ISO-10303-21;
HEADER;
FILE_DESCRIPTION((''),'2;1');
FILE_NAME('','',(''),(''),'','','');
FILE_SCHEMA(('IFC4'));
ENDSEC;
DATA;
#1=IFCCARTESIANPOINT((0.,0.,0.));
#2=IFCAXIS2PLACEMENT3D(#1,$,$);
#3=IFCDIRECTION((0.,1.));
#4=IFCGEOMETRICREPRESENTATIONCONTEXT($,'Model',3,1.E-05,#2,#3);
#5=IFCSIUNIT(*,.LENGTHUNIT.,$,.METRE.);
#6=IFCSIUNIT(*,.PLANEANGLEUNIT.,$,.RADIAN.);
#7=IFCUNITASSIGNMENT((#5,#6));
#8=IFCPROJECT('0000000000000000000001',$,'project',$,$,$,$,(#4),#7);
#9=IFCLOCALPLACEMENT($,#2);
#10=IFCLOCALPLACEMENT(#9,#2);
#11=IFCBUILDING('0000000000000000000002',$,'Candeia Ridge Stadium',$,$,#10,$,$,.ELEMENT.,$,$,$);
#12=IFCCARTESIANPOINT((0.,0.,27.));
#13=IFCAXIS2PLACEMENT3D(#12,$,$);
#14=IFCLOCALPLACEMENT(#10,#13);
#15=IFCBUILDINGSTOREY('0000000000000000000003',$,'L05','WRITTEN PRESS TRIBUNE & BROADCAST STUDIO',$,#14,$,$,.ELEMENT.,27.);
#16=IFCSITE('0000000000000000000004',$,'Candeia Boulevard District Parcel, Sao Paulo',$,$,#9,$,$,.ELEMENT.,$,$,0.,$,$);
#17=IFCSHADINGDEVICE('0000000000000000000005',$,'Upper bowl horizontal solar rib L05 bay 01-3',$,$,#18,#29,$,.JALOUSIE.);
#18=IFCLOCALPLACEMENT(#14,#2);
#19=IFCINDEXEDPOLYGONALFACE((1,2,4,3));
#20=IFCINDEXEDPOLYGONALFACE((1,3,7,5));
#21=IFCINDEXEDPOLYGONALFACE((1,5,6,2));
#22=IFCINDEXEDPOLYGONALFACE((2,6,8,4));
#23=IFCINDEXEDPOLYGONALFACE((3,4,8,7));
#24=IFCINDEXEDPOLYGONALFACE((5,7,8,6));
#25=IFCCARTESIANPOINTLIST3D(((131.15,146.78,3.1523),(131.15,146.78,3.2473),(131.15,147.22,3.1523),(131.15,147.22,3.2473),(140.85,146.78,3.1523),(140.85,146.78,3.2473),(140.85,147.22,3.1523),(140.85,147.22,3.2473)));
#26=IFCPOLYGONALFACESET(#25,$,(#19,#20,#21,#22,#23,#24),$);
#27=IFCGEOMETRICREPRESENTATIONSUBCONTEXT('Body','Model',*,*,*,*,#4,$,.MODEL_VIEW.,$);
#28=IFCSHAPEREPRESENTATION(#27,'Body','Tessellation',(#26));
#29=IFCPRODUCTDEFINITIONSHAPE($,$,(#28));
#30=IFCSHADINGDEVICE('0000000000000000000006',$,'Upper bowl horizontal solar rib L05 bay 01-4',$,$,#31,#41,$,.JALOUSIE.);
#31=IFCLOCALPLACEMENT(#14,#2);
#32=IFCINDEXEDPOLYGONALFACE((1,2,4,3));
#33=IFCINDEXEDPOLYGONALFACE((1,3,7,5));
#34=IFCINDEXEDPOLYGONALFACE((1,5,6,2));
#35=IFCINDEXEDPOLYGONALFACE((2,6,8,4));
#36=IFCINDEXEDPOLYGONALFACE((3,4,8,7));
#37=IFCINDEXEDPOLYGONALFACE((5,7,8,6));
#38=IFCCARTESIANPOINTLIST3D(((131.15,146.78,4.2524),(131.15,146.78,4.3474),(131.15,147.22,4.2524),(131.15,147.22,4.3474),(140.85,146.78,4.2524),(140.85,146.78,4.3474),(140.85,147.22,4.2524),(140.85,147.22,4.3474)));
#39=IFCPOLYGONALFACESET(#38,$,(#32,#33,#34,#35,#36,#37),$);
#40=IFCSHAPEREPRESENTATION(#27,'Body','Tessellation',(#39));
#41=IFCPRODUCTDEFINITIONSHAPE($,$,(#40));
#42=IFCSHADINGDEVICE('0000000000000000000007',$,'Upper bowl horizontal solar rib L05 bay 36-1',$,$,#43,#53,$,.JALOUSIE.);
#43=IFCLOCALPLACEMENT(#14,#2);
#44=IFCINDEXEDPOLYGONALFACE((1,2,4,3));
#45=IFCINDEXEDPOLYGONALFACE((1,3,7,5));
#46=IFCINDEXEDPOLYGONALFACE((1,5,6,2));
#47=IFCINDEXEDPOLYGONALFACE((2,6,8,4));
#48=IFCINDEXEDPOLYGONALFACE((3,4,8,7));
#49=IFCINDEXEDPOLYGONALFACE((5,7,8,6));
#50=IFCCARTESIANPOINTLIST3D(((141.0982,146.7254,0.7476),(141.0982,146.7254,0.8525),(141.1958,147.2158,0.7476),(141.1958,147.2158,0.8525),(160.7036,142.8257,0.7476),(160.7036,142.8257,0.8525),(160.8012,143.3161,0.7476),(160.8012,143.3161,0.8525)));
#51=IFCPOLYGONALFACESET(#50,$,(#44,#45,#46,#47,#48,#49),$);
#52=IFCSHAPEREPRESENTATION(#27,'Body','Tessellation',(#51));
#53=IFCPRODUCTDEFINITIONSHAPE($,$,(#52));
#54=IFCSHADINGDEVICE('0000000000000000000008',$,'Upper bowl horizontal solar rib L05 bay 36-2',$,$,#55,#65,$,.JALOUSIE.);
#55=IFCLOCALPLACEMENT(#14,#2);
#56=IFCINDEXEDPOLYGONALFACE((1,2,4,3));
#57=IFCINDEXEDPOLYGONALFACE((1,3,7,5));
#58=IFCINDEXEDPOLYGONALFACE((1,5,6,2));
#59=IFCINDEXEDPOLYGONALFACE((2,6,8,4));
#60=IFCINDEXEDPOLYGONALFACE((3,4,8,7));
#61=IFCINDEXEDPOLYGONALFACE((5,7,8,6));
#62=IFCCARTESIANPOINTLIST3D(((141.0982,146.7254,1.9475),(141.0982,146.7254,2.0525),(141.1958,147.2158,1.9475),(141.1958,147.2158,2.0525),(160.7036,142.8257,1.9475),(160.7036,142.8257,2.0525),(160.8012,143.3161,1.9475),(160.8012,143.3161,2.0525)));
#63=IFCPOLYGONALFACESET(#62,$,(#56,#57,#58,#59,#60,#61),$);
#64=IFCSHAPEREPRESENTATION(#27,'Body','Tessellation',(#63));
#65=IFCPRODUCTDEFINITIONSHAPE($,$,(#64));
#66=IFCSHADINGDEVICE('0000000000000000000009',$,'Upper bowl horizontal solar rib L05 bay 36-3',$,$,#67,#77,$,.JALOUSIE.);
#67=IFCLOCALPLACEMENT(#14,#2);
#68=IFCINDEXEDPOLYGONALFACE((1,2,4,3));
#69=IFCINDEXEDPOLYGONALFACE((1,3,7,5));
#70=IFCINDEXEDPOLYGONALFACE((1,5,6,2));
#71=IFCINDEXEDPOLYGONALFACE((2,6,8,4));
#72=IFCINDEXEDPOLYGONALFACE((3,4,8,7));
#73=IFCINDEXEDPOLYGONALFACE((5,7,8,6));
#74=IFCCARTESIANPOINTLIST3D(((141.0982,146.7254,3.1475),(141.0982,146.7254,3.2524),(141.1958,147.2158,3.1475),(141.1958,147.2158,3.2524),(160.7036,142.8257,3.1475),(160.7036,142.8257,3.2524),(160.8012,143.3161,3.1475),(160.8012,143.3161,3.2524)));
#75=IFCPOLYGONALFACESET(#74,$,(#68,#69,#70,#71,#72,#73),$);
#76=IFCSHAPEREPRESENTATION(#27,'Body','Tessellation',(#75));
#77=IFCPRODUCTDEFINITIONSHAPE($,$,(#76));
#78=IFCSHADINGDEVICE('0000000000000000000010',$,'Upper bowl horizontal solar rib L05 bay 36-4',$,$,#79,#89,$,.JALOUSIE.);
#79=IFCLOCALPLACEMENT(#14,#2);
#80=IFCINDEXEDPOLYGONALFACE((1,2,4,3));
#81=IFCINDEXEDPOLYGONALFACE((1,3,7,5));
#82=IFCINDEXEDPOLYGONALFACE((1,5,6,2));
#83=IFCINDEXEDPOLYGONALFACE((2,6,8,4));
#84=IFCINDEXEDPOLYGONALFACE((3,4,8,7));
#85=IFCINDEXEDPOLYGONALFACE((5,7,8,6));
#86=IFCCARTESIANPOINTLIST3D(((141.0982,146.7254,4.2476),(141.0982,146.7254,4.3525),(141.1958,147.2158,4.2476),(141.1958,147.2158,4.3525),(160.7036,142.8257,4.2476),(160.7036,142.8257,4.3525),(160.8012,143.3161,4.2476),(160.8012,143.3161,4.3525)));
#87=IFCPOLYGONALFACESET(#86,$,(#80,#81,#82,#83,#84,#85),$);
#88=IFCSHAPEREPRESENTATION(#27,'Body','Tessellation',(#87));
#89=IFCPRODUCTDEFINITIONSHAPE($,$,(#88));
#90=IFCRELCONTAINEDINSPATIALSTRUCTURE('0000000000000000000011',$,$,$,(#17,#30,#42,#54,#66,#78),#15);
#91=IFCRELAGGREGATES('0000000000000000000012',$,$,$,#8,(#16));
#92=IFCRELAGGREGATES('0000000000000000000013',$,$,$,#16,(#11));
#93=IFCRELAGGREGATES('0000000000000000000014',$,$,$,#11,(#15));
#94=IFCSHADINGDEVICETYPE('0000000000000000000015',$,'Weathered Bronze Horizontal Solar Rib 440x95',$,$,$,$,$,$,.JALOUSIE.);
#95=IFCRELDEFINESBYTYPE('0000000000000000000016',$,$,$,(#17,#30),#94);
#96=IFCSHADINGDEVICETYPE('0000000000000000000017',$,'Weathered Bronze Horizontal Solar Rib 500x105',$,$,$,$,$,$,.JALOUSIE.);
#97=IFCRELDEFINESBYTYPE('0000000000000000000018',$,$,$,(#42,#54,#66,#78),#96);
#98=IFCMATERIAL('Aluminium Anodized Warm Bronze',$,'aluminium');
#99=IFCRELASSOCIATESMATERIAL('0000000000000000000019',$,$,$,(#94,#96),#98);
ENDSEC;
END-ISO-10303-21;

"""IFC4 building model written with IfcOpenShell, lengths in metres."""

from ifc_helpers import new_model, si_unit, direction, frame, origin, origin_2d, place, context, subcontext, project, spatial, rectangle, extrude, material, type_object, element, save


model = new_model("IFC4")

# Units and contexts
model_context = context("Model", 3, precision=1e-05, world=origin(), true_north=direction((0.0, 1.0)))
body_context = subcontext(model_context, "Body", "Model", "MODEL_VIEW")
ifc_project = project(units=[si_unit("LENGTHUNIT", "METRE"), si_unit("PLANEANGLEUNIT", "RADIAN")], contexts=[model_context])

# Site, building, storey
site_placement = place(None, origin())
site = spatial("IfcSite", under=ifc_project, at=site_placement, Name="Candeia Boulevard District Parcel, Sao Paulo", CompositionType="ELEMENT", RefElevation=0.0)
building_placement = place(site_placement, origin())
building = spatial("IfcBuilding", under=site, at=building_placement, Name="Candeia Ridge Stadium", CompositionType="ELEMENT")
storey_placement = place(building_placement, frame((0.0, 0.0, 27.0)))
storey = spatial("IfcBuildingStorey", under=building, at=storey_placement, Name="L05", Description="WRITTEN PRESS TRIBUNE & BROADCAST STUDIO", CompositionType="ELEMENT", Elevation=27.0)

# Shading devices
ifc_material_1 = material(Name="Aluminium Anodized Warm Bronze", Category="aluminium")
shading_device_type_1 = type_object("IfcShadingDeviceType", Name="Weathered Bronze Horizontal Solar Rib 440x95", PredefinedType="JALOUSIE", material=ifc_material_1)
for number, where, z_axis, x_axis, name in (
    (1, (136.0, 147.0, 3.1523), (0.0, 0.0, 1.0), (-1.0, 0.0, 0.0), "Upper bowl horizontal solar rib L05 bay 01-3"),
    (2, (136.0, 147.0, 4.2524), (0.0, 0.0, 1.0), (-1.0, 0.0, 0.0), "Upper bowl horizontal solar rib L05 bay 01-4"),
):
    element("IfcShadingDevice", number, at=place(storey_placement, frame(where, z_axis=z_axis, x_axis=x_axis)), inside=storey, type_object=shading_device_type_1, Name=name, PredefinedType="JALOUSIE", context=body_context, shape_type="SweptSolid", body=[
        extrude(rectangle(XDim=9.7, YDim=0.4399, at=origin_2d()), origin(), (0.0, 0.0, 1.0), 0.095),
    ])
shading_device_type_2 = type_object("IfcShadingDeviceType", Name="Weathered Bronze Horizontal Solar Rib 500x105", PredefinedType="JALOUSIE", material=ifc_material_1)
for number, where, z_axis, x_axis, name in (
    (3, (150.9497, 145.0208, 0.7476), (0.0, 0.0, 1.0), (-0.980785, 0.19509, 0.0), "Upper bowl horizontal solar rib L05 bay 36-1"),
    (4, (150.9497, 145.0208, 1.9475), (0.0, 0.0, 1.0), (-0.980785, 0.19509, 0.0), "Upper bowl horizontal solar rib L05 bay 36-2"),
    (5, (150.9497, 145.0208, 3.1475), (0.0, 0.0, 1.0), (-0.980785, 0.19509, 0.0), "Upper bowl horizontal solar rib L05 bay 36-3"),
    (6, (150.9497, 145.0208, 4.2476), (0.0, 0.0, 1.0), (-0.980785, 0.19509, 0.0), "Upper bowl horizontal solar rib L05 bay 36-4"),
):
    element("IfcShadingDevice", number, at=place(storey_placement, frame(where, z_axis=z_axis, x_axis=x_axis)), inside=storey, type_object=shading_device_type_2, Name=name, PredefinedType="JALOUSIE", context=body_context, shape_type="SweptSolid", body=[
        extrude(rectangle(XDim=19.9895, YDim=0.5, at=origin_2d()), origin(), (0.0, 0.0, 1.0), 0.105),
    ])

save(model, "model.ifc")
